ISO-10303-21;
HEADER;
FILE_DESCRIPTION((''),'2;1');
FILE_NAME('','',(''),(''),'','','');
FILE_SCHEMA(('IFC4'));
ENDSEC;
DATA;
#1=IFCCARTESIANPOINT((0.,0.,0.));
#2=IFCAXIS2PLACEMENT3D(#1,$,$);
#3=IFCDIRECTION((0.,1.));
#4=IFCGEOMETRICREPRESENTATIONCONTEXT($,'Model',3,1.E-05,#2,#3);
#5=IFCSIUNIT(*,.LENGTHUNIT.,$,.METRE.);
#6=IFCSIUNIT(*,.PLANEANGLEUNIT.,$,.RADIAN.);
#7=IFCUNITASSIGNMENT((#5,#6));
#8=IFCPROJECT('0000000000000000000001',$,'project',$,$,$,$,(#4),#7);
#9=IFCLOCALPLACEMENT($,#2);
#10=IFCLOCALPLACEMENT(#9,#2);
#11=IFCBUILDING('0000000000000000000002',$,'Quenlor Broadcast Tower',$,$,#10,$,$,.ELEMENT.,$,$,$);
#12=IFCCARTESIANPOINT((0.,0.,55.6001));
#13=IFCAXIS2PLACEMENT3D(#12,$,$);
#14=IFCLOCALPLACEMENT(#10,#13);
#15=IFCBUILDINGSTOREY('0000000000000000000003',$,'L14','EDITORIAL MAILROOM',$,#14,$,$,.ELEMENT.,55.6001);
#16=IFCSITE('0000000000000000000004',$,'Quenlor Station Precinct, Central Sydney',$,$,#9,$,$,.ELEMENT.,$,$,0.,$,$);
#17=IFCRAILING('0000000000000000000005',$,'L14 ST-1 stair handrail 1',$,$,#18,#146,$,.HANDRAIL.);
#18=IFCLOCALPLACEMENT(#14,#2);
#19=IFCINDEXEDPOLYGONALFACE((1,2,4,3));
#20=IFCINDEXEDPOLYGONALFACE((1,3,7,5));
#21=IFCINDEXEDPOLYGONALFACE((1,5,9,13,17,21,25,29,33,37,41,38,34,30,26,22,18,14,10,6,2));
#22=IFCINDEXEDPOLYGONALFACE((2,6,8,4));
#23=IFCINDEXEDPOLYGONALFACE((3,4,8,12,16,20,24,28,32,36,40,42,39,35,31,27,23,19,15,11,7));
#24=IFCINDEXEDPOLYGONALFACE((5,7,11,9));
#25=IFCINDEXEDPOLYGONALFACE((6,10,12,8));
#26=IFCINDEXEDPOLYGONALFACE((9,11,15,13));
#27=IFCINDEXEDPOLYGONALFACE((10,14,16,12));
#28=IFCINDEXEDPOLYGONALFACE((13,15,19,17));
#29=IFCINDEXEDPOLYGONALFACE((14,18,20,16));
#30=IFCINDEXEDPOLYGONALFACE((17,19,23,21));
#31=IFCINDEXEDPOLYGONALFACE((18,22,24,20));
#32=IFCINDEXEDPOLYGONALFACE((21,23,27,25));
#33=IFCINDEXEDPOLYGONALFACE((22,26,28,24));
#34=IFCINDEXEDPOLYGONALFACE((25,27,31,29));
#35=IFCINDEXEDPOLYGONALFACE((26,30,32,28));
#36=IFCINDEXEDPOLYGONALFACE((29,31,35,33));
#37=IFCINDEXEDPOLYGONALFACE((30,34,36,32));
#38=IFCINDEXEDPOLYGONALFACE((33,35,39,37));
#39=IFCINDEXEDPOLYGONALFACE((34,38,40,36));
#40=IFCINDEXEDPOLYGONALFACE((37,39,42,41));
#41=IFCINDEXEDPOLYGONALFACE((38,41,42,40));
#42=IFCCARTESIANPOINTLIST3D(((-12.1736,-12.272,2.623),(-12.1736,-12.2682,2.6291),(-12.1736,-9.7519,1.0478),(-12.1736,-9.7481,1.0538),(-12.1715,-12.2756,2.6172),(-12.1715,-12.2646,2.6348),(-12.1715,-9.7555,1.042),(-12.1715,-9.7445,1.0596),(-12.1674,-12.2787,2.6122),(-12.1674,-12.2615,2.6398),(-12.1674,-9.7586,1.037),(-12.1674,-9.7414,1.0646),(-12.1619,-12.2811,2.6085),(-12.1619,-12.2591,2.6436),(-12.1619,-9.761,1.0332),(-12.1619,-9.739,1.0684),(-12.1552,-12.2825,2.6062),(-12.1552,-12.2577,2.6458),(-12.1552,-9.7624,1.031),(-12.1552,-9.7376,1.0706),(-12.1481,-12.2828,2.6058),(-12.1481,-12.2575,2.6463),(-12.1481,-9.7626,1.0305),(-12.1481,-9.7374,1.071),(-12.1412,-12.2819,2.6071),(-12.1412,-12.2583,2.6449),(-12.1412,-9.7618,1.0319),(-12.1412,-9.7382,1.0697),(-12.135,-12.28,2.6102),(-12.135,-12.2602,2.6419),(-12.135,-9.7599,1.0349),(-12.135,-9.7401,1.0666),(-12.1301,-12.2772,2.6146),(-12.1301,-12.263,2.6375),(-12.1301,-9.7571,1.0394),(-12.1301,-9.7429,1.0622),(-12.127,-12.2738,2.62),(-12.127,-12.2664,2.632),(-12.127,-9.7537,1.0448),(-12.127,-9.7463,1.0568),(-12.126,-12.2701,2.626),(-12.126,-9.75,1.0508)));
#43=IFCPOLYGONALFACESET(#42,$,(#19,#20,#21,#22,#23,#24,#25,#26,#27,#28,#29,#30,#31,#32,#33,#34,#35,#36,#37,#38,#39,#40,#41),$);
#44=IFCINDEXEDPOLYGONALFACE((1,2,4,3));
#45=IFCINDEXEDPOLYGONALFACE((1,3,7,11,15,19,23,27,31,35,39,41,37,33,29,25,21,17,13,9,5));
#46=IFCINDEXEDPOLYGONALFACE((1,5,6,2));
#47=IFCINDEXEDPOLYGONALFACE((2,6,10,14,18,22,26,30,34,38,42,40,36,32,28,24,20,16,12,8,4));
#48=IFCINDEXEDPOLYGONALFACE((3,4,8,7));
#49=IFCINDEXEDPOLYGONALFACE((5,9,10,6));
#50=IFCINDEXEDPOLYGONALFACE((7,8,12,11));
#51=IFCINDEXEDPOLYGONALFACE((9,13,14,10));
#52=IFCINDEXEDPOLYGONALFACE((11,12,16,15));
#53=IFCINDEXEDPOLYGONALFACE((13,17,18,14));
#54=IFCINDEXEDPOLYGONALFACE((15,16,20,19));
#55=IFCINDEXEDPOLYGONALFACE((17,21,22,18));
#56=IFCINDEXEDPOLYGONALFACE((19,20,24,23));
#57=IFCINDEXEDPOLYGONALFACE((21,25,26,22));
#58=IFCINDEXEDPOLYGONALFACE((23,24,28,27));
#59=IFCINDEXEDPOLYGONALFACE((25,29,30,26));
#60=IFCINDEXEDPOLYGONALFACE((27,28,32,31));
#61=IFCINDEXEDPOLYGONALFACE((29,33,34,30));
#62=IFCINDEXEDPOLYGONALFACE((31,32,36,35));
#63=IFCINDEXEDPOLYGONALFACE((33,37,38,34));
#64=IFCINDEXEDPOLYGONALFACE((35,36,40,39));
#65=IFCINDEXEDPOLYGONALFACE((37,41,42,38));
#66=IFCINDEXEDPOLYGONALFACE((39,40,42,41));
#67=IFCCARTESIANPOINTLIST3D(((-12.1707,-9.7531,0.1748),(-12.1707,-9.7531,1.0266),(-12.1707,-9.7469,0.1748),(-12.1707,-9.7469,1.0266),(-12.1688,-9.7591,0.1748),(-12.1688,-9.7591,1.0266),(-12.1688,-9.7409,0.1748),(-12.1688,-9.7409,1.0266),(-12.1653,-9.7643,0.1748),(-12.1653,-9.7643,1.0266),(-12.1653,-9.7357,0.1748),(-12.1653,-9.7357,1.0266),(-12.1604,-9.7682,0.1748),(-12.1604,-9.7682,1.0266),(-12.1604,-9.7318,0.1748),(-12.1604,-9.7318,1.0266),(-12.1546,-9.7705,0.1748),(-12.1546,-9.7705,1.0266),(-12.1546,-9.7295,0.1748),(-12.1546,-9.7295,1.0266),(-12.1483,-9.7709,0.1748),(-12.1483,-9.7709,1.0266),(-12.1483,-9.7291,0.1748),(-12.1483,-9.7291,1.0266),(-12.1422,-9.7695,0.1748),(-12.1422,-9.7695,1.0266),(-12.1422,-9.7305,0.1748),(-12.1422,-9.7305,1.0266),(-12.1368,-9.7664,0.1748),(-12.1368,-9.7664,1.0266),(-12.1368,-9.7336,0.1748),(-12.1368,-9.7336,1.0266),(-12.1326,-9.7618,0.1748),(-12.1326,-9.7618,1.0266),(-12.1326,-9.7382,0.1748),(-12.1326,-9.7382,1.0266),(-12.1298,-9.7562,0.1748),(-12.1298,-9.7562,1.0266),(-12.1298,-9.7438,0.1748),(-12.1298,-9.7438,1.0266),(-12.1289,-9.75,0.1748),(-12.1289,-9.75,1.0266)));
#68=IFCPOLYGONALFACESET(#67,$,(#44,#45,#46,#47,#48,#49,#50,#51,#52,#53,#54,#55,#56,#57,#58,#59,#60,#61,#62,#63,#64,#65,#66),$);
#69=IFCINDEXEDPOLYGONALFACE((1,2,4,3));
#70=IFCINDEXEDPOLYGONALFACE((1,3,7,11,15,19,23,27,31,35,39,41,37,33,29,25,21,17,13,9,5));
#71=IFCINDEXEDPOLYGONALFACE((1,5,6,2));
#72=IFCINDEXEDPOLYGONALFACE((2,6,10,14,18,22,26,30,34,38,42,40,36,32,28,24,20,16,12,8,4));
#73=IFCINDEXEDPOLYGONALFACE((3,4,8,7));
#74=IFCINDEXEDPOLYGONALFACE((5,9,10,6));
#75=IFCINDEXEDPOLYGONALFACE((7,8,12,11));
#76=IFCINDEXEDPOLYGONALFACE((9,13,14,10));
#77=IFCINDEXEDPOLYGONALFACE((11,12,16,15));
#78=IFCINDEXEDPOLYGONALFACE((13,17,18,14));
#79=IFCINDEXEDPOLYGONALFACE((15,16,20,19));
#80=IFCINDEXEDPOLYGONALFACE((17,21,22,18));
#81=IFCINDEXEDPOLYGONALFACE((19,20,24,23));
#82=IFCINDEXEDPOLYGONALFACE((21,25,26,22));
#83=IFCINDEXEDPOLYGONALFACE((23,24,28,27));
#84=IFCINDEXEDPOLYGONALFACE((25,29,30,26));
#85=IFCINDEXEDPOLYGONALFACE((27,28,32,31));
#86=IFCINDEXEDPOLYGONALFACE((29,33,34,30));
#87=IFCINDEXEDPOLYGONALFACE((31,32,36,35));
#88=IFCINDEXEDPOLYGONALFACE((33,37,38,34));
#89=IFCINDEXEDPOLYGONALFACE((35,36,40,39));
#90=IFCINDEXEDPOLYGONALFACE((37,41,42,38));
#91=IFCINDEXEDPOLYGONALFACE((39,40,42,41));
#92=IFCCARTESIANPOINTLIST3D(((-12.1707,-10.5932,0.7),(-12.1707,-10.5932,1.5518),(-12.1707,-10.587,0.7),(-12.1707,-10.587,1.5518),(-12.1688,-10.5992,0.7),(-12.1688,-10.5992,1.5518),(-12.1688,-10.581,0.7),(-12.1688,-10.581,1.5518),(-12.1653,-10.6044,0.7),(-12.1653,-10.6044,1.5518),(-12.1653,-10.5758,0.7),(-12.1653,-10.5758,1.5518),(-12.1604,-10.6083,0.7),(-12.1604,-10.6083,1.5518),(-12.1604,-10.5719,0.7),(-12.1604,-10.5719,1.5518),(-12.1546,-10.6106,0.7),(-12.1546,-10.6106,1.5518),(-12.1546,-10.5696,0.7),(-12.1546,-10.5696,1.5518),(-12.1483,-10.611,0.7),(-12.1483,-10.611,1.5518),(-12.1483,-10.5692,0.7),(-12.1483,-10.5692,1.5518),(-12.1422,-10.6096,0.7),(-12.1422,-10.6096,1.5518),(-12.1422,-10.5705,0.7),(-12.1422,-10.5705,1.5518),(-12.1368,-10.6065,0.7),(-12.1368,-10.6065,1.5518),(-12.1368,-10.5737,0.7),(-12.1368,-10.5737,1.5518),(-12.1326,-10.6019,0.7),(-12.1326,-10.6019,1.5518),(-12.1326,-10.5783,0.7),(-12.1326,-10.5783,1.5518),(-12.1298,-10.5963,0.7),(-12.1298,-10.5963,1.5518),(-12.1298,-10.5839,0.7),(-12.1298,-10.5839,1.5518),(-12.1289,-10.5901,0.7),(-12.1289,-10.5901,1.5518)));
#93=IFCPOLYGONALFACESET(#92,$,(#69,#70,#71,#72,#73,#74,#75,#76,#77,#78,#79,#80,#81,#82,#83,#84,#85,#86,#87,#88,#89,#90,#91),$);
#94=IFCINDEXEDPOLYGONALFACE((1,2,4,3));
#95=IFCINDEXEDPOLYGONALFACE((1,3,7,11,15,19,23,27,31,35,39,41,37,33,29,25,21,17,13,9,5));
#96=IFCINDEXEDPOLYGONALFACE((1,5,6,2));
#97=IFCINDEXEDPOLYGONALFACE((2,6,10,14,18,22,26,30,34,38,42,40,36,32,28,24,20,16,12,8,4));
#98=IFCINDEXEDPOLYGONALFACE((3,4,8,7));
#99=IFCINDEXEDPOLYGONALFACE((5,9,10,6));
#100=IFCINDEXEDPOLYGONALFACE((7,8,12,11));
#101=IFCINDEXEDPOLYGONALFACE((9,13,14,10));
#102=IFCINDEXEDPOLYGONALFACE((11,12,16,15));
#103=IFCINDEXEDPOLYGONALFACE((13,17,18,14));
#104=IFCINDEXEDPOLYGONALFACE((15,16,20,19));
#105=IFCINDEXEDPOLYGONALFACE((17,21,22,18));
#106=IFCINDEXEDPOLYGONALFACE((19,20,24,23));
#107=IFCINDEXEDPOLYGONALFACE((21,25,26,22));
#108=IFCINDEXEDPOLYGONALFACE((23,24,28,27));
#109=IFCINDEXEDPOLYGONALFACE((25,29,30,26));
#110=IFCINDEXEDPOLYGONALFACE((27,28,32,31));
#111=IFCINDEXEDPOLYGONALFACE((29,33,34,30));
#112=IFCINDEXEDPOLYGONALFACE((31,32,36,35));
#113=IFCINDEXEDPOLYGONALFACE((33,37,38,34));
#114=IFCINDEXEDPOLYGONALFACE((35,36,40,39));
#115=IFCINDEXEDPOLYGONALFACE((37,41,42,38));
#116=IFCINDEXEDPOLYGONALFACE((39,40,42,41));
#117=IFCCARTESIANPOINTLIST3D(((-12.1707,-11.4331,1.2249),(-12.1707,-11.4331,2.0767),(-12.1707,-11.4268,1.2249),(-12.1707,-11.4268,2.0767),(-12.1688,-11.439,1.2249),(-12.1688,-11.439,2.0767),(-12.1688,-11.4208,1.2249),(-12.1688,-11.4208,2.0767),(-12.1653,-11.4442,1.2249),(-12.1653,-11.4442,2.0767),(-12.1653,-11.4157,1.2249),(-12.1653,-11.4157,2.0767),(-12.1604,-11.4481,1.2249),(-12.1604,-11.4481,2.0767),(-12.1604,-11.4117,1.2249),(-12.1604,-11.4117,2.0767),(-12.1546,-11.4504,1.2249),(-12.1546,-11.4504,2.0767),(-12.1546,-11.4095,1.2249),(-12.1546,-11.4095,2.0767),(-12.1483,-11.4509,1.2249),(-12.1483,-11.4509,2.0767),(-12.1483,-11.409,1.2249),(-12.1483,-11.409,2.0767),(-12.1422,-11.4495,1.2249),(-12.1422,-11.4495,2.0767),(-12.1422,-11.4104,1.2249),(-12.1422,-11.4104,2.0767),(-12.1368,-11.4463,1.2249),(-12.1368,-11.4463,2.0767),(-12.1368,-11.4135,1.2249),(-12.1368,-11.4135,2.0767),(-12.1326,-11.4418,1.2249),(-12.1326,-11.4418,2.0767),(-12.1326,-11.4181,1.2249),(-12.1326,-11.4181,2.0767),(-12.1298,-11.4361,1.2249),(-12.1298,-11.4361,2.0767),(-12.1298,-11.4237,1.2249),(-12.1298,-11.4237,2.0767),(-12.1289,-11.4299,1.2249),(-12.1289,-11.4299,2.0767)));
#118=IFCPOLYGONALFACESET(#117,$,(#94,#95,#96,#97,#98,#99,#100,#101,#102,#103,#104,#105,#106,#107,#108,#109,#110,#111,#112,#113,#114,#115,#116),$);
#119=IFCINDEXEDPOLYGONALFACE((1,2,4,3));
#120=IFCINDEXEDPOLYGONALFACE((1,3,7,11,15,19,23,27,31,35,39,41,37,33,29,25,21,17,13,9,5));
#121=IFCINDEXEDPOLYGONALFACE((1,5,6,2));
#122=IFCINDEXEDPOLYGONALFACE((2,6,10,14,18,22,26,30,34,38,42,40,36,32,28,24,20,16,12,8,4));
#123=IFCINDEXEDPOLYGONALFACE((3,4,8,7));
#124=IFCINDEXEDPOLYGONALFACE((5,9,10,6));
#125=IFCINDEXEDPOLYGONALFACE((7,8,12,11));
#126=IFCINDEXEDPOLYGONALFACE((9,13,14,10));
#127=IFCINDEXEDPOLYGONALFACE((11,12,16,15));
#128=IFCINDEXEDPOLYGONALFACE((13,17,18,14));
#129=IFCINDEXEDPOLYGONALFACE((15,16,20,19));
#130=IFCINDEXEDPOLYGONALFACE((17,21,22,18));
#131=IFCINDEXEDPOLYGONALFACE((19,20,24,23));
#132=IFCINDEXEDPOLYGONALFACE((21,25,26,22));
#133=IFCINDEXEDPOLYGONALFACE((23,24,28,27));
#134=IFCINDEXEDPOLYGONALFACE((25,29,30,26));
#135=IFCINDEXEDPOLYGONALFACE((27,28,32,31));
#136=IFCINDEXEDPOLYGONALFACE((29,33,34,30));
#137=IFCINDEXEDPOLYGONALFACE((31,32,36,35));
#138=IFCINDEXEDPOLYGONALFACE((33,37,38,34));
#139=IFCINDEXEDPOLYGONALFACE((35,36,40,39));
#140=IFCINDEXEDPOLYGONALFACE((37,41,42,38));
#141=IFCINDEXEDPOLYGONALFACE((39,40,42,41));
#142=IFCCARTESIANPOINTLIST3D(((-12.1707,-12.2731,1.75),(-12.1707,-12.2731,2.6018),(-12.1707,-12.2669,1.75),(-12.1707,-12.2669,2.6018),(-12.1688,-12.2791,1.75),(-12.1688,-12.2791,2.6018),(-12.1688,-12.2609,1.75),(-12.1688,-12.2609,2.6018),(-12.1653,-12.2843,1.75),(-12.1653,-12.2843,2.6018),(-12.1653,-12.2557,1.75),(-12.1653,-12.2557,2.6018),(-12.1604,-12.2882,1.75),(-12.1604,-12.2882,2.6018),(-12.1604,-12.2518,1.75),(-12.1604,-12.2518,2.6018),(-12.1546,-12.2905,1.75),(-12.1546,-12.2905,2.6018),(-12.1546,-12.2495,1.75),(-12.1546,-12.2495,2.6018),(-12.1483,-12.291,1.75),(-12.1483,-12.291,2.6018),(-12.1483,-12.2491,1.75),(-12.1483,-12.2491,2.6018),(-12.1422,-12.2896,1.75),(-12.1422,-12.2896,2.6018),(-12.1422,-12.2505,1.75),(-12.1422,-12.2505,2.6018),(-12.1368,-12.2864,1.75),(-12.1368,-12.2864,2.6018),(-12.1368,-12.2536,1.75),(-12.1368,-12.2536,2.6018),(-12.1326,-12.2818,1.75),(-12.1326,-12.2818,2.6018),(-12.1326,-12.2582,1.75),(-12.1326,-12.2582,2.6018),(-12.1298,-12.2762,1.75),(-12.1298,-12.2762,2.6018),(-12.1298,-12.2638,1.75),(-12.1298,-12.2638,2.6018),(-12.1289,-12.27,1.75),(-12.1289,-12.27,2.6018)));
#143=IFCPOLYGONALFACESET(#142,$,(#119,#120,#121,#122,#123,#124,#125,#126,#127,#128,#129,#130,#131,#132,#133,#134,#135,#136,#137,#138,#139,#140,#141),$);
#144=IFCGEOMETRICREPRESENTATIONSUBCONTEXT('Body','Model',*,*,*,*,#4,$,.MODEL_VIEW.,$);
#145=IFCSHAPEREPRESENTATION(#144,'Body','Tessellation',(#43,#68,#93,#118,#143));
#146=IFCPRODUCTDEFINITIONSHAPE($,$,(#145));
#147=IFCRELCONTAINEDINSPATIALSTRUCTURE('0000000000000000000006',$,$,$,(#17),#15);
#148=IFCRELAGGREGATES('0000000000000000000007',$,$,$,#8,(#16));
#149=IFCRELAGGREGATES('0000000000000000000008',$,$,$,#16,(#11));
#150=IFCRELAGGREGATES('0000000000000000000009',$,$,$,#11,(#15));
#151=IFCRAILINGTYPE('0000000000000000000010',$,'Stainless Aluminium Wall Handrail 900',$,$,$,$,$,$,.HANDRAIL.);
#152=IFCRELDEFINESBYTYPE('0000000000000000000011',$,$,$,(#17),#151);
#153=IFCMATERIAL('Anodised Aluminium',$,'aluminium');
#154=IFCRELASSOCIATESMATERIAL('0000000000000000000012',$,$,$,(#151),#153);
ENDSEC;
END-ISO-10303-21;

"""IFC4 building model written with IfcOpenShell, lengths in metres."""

from ifc_helpers import new_model, si_unit, direction, frame, origin, origin_2d, place, context, subcontext, project, spatial, circle, extrude, material, type_object, element, save


model = new_model("IFC4")

# Units and contexts
model_context = context("Model", 3, precision=1e-05, world=origin(), true_north=direction((0.0, 1.0)))
body_context = subcontext(model_context, "Body", "Model", "MODEL_VIEW")
ifc_project = project(units=[si_unit("LENGTHUNIT", "METRE"), si_unit("PLANEANGLEUNIT", "RADIAN")], contexts=[model_context])

# Site, building, storey
site_placement = place(None, origin())
site = spatial("IfcSite", under=ifc_project, at=site_placement, Name="Quenlor Station Precinct, Central Sydney", CompositionType="ELEMENT", RefElevation=0.0)
building_placement = place(site_placement, origin())
building = spatial("IfcBuilding", under=site, at=building_placement, Name="Quenlor Broadcast Tower", CompositionType="ELEMENT")
storey_placement = place(building_placement, frame((0.0, 0.0, 55.6001)))
storey = spatial("IfcBuildingStorey", under=building, at=storey_placement, Name="L14", Description="EDITORIAL MAILROOM", CompositionType="ELEMENT", Elevation=55.6001)

# Railing
ifc_material_1 = material(Name="Anodised Aluminium", Category="aluminium")
railing_type = type_object("IfcRailingType", Name="Stainless Aluminium Wall Handrail 900", PredefinedType="HANDRAIL", material=ifc_material_1)
railing_placement = place(storey_placement, frame((-12.1499, -9.75, 0.1748)))
element("IfcRailing", 1, at=railing_placement, inside=storey, type_object=railing_type, Name="L14 ST-1 stair handrail 1", PredefinedType="HANDRAIL", context=body_context, shape_type="SweptSolid", body=[
    extrude(circle(Radius=0.0239, at=origin_2d()), frame((0.0, 0.0, 0.876), z_axis=(0.0, -0.847971, 0.530043), x_axis=(1.0, 0.0, 0.0)), (0.0, 0.0, 1.0), 2.9719),
    extrude(circle(Radius=0.021, at=origin_2d()), origin(), (0.0, 0.0, 1.0), 0.8518),
    extrude(circle(Radius=0.021, at=origin_2d()), frame((0.0, -0.8401, 0.5251)), (0.0, 0.0, 1.0), 0.8518),
    extrude(circle(Radius=0.021, at=origin_2d()), frame((0.0, -1.6799, 1.05)), (0.0, 0.0, 1.0), 0.8518),
    extrude(circle(Radius=0.021, at=origin_2d()), frame((0.0, -2.52, 1.5752)), (0.0, 0.0, 1.0), 0.8518),
])

save(model, "model.ifc")
